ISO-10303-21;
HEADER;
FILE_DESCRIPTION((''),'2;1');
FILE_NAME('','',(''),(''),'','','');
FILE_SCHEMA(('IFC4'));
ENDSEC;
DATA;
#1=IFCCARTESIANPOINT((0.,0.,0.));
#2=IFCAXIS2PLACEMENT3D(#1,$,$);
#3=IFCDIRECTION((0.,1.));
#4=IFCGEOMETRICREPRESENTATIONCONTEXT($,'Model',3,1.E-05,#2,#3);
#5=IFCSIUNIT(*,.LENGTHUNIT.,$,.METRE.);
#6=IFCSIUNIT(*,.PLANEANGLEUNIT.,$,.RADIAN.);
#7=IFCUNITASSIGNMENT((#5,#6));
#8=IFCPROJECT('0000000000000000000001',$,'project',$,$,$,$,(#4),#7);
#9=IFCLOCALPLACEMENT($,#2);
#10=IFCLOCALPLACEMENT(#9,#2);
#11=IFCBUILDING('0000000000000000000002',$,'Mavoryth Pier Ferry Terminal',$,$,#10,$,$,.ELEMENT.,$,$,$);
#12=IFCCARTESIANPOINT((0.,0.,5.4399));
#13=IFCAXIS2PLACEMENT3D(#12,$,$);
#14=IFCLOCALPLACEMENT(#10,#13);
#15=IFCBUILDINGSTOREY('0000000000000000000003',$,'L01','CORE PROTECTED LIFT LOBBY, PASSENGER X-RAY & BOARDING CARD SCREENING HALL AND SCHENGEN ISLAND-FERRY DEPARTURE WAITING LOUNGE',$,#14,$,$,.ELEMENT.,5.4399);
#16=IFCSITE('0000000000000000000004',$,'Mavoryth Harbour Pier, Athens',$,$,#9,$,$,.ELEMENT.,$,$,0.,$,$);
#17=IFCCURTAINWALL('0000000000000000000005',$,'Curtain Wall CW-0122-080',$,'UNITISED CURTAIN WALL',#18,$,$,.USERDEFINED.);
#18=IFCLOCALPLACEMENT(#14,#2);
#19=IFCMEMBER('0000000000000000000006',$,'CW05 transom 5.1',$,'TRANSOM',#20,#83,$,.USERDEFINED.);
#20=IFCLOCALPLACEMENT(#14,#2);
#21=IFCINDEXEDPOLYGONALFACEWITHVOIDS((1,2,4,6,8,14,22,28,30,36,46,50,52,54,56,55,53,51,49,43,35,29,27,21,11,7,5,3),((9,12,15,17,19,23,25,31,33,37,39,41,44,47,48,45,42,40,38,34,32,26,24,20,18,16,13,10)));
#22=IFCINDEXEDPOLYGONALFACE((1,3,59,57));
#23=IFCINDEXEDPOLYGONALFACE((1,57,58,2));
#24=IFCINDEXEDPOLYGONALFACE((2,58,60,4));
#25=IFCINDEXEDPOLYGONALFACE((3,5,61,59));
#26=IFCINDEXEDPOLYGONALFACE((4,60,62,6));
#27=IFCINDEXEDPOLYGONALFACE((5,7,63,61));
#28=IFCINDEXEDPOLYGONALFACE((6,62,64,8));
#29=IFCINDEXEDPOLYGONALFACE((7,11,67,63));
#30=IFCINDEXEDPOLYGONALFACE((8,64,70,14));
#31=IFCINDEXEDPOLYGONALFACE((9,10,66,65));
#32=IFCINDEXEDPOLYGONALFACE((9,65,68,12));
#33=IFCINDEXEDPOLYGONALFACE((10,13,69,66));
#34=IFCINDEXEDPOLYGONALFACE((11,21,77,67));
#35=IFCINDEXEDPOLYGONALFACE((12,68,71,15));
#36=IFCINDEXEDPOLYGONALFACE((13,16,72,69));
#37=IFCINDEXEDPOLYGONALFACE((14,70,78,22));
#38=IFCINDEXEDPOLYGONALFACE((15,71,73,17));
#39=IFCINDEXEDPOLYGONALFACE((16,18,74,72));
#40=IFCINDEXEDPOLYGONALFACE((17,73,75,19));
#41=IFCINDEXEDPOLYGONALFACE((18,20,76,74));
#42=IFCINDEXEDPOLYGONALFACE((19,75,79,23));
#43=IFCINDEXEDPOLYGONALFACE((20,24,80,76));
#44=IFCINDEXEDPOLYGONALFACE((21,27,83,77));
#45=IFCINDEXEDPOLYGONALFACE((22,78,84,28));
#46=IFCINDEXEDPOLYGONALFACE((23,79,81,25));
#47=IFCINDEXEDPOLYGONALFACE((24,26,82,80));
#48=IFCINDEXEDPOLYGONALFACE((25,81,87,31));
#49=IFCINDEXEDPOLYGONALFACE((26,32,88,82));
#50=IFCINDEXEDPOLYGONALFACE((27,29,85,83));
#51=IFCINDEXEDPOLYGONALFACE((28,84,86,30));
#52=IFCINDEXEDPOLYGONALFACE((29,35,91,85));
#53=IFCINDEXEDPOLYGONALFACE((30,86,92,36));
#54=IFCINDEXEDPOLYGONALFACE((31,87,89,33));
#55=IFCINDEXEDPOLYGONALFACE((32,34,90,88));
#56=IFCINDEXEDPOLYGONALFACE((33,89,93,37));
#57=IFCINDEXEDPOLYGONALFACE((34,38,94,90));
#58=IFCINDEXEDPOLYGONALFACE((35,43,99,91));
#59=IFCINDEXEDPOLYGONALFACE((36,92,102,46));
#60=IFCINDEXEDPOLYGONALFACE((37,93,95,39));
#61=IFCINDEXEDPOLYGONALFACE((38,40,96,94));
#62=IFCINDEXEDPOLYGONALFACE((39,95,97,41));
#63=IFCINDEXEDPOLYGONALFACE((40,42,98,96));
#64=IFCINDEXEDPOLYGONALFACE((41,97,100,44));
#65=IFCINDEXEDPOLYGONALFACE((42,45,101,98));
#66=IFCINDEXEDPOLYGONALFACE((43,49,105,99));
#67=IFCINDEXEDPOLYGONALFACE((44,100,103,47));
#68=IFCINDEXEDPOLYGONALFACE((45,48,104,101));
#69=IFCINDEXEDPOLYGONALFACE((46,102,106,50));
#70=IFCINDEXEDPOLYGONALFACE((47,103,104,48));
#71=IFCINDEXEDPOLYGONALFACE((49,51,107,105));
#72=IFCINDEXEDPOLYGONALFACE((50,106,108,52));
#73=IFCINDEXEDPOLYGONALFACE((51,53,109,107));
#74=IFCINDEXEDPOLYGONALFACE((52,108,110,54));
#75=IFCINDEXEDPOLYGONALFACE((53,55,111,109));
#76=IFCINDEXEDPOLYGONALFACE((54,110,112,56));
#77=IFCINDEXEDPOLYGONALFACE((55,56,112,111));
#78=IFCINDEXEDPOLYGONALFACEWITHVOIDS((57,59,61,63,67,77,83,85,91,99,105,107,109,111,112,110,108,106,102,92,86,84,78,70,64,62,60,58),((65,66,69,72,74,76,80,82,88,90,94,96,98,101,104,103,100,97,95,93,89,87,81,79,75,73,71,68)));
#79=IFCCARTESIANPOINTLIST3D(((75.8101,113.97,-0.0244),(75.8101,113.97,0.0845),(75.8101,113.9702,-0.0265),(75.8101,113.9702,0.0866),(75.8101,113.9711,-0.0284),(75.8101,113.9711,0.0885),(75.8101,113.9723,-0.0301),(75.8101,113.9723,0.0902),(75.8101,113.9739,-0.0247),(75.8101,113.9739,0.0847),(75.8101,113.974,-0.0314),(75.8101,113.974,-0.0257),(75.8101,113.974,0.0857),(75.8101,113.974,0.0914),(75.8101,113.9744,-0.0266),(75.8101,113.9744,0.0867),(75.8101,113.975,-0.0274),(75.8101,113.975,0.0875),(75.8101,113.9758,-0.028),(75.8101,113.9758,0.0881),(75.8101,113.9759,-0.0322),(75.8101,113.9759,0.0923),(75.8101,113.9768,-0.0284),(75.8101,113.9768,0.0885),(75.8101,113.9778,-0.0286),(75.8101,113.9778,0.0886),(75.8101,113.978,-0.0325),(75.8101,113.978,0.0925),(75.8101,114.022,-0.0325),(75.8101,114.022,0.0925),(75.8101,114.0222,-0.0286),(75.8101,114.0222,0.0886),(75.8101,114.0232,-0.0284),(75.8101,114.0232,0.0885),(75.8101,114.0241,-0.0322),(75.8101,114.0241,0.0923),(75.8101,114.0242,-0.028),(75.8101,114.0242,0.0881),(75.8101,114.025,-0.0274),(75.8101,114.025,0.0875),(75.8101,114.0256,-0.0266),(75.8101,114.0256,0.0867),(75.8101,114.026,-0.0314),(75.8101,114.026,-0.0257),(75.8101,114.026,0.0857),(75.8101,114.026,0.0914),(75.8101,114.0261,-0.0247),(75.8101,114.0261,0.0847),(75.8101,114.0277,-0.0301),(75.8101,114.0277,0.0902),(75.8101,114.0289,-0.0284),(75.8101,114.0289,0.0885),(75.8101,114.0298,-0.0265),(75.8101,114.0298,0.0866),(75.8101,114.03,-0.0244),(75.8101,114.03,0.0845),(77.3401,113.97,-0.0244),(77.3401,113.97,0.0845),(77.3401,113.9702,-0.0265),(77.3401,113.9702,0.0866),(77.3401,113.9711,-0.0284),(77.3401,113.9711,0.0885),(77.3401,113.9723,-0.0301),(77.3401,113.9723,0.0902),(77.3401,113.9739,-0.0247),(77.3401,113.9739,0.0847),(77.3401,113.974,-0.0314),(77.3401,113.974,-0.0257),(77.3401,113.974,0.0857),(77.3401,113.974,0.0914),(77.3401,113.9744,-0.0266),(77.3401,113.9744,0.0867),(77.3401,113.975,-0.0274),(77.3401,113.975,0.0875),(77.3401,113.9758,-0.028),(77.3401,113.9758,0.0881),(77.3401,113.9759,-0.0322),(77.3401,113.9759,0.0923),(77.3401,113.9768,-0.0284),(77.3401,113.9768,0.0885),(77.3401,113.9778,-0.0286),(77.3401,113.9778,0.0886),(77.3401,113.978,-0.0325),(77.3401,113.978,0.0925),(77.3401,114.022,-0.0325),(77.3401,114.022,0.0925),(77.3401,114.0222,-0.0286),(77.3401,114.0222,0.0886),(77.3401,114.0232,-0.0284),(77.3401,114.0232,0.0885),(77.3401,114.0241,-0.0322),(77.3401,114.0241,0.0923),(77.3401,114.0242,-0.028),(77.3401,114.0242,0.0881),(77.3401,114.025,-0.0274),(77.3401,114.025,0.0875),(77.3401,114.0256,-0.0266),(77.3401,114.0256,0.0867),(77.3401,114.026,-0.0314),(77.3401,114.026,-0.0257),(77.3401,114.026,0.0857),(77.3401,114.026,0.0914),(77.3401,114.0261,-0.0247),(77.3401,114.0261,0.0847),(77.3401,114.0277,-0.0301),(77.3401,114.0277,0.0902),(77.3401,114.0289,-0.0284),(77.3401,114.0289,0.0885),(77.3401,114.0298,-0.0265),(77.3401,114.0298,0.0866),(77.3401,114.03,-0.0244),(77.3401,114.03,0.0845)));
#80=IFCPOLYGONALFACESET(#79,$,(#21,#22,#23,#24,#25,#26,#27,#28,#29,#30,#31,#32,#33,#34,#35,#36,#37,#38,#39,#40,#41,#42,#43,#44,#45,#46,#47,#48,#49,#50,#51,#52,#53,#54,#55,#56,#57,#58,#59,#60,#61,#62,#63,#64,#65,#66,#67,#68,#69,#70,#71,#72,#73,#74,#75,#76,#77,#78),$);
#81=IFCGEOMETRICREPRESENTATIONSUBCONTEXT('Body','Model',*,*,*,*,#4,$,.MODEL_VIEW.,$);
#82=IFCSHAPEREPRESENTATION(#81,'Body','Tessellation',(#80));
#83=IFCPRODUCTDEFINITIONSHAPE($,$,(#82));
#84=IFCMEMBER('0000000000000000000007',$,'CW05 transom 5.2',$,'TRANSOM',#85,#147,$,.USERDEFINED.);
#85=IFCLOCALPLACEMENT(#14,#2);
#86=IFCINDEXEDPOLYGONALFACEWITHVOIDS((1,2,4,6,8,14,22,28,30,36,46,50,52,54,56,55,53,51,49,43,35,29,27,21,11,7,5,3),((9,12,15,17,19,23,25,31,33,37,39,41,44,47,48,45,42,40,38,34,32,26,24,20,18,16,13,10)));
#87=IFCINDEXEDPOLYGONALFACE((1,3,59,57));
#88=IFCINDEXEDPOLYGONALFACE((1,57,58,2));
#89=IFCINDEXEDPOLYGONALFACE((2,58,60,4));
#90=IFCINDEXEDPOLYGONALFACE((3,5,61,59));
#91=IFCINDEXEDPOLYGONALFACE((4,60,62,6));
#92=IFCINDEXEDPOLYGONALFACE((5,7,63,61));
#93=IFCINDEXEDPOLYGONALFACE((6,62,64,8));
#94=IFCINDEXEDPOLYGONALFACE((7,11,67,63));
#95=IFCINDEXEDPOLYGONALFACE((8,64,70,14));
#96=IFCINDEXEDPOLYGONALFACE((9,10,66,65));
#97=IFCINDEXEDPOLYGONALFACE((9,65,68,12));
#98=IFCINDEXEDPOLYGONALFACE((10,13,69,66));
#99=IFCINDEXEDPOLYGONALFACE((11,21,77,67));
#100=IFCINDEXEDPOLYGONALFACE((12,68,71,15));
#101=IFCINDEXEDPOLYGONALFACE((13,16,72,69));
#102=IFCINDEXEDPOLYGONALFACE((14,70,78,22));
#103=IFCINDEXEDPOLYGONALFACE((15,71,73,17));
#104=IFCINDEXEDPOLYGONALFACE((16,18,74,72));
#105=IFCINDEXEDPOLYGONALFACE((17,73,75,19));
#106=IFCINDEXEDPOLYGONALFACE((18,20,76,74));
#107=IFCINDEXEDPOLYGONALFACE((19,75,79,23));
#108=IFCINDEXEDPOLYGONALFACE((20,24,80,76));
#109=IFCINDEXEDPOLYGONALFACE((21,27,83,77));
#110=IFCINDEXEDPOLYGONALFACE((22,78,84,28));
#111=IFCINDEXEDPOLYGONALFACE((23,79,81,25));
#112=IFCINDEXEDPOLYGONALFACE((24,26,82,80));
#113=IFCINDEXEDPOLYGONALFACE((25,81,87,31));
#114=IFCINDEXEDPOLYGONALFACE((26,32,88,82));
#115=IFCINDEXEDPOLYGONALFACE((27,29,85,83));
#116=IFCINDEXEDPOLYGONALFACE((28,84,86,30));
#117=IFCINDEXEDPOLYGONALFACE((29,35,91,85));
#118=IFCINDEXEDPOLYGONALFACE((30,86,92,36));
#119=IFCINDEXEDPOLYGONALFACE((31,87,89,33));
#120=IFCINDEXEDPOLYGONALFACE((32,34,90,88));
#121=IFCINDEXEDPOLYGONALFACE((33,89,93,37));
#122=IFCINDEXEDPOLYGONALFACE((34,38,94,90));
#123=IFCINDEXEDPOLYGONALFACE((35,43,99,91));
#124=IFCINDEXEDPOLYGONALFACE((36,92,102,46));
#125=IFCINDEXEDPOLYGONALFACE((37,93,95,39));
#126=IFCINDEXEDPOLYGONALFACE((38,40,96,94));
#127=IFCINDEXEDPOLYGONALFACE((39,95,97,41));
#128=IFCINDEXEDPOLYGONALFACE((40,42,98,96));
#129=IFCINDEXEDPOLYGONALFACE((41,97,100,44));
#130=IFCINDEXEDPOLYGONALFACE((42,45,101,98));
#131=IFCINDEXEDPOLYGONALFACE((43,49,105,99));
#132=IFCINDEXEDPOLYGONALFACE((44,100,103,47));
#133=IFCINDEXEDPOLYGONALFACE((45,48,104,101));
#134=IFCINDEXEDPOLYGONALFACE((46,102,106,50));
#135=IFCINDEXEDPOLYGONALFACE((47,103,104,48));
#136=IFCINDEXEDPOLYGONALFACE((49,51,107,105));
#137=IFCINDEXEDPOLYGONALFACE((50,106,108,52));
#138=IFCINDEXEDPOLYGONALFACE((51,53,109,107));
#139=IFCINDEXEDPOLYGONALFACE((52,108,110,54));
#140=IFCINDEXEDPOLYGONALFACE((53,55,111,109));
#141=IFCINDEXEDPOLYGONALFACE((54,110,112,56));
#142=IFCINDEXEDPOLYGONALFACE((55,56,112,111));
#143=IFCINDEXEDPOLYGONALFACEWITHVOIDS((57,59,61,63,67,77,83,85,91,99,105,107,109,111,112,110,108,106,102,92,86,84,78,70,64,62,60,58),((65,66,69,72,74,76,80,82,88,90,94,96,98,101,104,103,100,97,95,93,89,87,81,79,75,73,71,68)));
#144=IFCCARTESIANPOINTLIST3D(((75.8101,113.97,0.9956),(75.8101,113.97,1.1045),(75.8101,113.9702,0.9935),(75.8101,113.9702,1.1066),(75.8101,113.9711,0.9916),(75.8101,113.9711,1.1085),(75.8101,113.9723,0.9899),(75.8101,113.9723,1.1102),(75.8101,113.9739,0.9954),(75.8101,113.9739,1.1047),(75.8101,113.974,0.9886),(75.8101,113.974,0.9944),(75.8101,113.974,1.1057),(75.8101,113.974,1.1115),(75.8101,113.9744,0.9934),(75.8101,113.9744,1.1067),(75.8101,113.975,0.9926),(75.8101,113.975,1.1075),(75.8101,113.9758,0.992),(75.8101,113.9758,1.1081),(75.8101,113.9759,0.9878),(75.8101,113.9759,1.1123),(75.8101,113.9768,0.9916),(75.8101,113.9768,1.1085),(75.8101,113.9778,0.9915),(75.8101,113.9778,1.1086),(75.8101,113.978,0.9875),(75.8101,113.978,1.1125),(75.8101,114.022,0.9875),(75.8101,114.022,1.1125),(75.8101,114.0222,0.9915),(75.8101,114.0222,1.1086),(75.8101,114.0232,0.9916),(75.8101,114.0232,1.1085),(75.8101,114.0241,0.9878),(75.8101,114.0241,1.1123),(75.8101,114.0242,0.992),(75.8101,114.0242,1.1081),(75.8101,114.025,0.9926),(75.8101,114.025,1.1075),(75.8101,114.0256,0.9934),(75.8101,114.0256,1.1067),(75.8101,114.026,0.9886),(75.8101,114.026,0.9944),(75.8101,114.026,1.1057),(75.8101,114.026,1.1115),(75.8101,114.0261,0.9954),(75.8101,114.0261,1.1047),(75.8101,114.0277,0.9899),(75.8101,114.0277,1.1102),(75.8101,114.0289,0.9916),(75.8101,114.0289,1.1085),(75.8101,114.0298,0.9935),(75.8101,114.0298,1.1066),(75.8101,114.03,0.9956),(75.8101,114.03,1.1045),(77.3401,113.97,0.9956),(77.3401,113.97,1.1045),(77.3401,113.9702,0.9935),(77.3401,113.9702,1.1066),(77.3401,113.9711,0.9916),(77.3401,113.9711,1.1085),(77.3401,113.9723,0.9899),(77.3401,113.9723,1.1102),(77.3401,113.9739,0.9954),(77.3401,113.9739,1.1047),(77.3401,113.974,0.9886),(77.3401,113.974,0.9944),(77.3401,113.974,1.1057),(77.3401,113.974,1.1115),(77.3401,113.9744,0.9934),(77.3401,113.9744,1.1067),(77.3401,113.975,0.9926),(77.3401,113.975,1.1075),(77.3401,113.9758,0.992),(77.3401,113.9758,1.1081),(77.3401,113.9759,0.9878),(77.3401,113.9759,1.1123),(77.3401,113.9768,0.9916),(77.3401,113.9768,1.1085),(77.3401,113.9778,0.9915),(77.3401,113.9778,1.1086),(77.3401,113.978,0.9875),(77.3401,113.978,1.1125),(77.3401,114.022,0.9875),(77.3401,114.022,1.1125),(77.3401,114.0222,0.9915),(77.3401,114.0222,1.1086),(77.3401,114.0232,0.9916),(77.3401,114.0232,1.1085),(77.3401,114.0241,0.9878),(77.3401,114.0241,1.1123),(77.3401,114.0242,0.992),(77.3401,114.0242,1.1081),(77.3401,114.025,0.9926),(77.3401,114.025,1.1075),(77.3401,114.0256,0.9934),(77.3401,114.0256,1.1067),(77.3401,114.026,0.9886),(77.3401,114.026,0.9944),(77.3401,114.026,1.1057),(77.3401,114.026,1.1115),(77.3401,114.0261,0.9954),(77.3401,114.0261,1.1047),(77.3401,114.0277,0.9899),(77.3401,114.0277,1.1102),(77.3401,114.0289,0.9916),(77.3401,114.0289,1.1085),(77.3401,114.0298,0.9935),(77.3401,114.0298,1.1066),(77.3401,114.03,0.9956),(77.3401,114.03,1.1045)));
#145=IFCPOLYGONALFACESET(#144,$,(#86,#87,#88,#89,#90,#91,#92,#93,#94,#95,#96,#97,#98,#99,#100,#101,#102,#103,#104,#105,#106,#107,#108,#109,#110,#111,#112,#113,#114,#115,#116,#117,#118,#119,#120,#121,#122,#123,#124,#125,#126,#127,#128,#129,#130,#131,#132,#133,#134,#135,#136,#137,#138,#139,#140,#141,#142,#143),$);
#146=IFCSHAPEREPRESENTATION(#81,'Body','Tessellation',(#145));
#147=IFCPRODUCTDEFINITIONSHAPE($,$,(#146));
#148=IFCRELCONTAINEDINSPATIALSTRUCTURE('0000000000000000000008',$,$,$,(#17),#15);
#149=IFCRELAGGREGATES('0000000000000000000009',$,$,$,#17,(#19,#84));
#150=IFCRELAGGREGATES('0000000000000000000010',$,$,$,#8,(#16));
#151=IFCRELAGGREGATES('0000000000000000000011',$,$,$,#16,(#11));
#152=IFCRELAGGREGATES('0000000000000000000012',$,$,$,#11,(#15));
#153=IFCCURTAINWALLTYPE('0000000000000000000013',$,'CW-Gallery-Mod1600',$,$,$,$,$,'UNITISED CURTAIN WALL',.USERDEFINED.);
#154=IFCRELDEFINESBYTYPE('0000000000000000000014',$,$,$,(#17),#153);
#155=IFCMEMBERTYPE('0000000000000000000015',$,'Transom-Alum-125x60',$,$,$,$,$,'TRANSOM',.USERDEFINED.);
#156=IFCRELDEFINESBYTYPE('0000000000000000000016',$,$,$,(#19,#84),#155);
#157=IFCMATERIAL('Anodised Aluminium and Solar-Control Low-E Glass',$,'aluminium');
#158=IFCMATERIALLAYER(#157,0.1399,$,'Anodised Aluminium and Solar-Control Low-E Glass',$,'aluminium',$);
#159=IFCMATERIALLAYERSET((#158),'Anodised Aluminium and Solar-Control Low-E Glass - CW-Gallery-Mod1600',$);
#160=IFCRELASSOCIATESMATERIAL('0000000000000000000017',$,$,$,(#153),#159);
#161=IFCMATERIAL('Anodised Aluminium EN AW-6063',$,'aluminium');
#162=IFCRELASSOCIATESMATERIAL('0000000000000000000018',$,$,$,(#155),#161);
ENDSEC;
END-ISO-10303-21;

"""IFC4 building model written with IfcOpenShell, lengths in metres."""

from ifc_helpers import new_model, si_unit, direction, frame, origin, origin_2d, place, context, subcontext, project, spatial, hollow_rectangle, extrude, material, layer, layer_set, material_profile, profile_set, type_object, element, aggregate, save


model = new_model("IFC4")

# Units and contexts
model_context = context("Model", 3, precision=1e-05, world=origin(), true_north=direction((0.0, 1.0)))
body_context = subcontext(model_context, "Body", "Model", "MODEL_VIEW")
ifc_project = project(units=[si_unit("LENGTHUNIT", "METRE"), si_unit("PLANEANGLEUNIT", "RADIAN")], contexts=[model_context])

# Site, building, storey
site_placement = place(None, origin())
site = spatial("IfcSite", under=ifc_project, at=site_placement, Name="Mavoryth Harbour Pier, Athens", CompositionType="ELEMENT", RefElevation=0.0)
building_placement = place(site_placement, origin())
building = spatial("IfcBuilding", under=site, at=building_placement, Name="Mavoryth Pier Ferry Terminal", CompositionType="ELEMENT")
storey_placement = place(building_placement, frame((0.0, 0.0, 5.4399)))
storey = spatial("IfcBuildingStorey", under=building, at=storey_placement, Name="L01", Description="CORE PROTECTED LIFT LOBBY, PASSENGER X-RAY & BOARDING CARD SCREENING HALL AND SCHENGEN ISLAND-FERRY DEPARTURE WAITING LOUNGE", CompositionType="ELEMENT", Elevation=5.4399)

# Curtain wall
ifc_material_1 = material(Name="Anodised Aluminium and Solar-Control Low-E Glass", Category="aluminium")
ifc_layer_1 = layer(ifc_material_1, 0.1399, Name="Anodised Aluminium and Solar-Control Low-E Glass", Category="aluminium")
ifc_layer_set_1 = layer_set([ifc_layer_1], Name="Anodised Aluminium and Solar-Control Low-E Glass - CW-Gallery-Mod1600")
curtain_wall_type = type_object("IfcCurtainWallType", Name="CW-Gallery-Mod1600", ElementType="UNITISED CURTAIN WALL", PredefinedType="USERDEFINED", material=ifc_layer_set_1)
ifc_material_2 = material(Name="Anodised Aluminium EN AW-6063", Category="aluminium")
curtain_wall_1_placement = place(storey_placement, origin())
curtain_wall_1 = element("IfcCurtainWall", 1, at=curtain_wall_1_placement, inside=storey, type_object=curtain_wall_type, Name="Curtain Wall CW-0122-080", ObjectType="UNITISED CURTAIN WALL", PredefinedType="USERDEFINED")

# Members
ifc_material_profile_1 = material_profile(ifc_material_2, hollow_rectangle(XDim=0.0601, YDim=0.125, WallThickness=0.0039, InnerFilletRadius=0.0039, OuterFilletRadius=0.0081, at=origin_2d()), Name="AL-TRAN 125x60x4", Category="aluminium")
ifc_profile_set_1 = profile_set([ifc_material_profile_1], Name="Anodised Aluminium EN AW-6063 - AL-TRAN 125x60x4")
member_type_1 = type_object("IfcMemberType", Name="Transom-Alum-125x60", ElementType="TRANSOM", PredefinedType="USERDEFINED", material=ifc_profile_set_1)
member_1_placement = place(storey_placement, frame((77.3401, 114.0, 0.03), z_axis=(-1.0, 0.0, 0.0), x_axis=(0.0, -1.0, 0.0)))
member_1 = element("IfcMember", 2, at=member_1_placement, type_object=member_type_1, Name="CW05 transom 5.1", ObjectType="TRANSOM", PredefinedType="USERDEFINED", context=body_context, shape_type="SweptSolid", body=[
    extrude(hollow_rectangle(XDim=0.0601, YDim=0.125, WallThickness=0.0039, InnerFilletRadius=0.0039, OuterFilletRadius=0.0081, at=origin_2d()), origin(), (0.0, 0.0, 1.0), 1.53),
])
member_2_placement = place(storey_placement, frame((77.3401, 114.0, 1.05), z_axis=(-1.0, 0.0, 0.0), x_axis=(0.0, -1.0, 0.0)))
member_2 = element("IfcMember", 3, at=member_2_placement, type_object=member_type_1, Name="CW05 transom 5.2", ObjectType="TRANSOM", PredefinedType="USERDEFINED", context=body_context, shape_type="SweptSolid", body=[
    extrude(hollow_rectangle(XDim=0.0601, YDim=0.125, WallThickness=0.0039, InnerFilletRadius=0.0039, OuterFilletRadius=0.0081, at=origin_2d()), origin(), (0.0, 0.0, 1.0), 1.53),
])

aggregate(curtain_wall_1, [member_1, member_2])

save(model, "model.ifc")
